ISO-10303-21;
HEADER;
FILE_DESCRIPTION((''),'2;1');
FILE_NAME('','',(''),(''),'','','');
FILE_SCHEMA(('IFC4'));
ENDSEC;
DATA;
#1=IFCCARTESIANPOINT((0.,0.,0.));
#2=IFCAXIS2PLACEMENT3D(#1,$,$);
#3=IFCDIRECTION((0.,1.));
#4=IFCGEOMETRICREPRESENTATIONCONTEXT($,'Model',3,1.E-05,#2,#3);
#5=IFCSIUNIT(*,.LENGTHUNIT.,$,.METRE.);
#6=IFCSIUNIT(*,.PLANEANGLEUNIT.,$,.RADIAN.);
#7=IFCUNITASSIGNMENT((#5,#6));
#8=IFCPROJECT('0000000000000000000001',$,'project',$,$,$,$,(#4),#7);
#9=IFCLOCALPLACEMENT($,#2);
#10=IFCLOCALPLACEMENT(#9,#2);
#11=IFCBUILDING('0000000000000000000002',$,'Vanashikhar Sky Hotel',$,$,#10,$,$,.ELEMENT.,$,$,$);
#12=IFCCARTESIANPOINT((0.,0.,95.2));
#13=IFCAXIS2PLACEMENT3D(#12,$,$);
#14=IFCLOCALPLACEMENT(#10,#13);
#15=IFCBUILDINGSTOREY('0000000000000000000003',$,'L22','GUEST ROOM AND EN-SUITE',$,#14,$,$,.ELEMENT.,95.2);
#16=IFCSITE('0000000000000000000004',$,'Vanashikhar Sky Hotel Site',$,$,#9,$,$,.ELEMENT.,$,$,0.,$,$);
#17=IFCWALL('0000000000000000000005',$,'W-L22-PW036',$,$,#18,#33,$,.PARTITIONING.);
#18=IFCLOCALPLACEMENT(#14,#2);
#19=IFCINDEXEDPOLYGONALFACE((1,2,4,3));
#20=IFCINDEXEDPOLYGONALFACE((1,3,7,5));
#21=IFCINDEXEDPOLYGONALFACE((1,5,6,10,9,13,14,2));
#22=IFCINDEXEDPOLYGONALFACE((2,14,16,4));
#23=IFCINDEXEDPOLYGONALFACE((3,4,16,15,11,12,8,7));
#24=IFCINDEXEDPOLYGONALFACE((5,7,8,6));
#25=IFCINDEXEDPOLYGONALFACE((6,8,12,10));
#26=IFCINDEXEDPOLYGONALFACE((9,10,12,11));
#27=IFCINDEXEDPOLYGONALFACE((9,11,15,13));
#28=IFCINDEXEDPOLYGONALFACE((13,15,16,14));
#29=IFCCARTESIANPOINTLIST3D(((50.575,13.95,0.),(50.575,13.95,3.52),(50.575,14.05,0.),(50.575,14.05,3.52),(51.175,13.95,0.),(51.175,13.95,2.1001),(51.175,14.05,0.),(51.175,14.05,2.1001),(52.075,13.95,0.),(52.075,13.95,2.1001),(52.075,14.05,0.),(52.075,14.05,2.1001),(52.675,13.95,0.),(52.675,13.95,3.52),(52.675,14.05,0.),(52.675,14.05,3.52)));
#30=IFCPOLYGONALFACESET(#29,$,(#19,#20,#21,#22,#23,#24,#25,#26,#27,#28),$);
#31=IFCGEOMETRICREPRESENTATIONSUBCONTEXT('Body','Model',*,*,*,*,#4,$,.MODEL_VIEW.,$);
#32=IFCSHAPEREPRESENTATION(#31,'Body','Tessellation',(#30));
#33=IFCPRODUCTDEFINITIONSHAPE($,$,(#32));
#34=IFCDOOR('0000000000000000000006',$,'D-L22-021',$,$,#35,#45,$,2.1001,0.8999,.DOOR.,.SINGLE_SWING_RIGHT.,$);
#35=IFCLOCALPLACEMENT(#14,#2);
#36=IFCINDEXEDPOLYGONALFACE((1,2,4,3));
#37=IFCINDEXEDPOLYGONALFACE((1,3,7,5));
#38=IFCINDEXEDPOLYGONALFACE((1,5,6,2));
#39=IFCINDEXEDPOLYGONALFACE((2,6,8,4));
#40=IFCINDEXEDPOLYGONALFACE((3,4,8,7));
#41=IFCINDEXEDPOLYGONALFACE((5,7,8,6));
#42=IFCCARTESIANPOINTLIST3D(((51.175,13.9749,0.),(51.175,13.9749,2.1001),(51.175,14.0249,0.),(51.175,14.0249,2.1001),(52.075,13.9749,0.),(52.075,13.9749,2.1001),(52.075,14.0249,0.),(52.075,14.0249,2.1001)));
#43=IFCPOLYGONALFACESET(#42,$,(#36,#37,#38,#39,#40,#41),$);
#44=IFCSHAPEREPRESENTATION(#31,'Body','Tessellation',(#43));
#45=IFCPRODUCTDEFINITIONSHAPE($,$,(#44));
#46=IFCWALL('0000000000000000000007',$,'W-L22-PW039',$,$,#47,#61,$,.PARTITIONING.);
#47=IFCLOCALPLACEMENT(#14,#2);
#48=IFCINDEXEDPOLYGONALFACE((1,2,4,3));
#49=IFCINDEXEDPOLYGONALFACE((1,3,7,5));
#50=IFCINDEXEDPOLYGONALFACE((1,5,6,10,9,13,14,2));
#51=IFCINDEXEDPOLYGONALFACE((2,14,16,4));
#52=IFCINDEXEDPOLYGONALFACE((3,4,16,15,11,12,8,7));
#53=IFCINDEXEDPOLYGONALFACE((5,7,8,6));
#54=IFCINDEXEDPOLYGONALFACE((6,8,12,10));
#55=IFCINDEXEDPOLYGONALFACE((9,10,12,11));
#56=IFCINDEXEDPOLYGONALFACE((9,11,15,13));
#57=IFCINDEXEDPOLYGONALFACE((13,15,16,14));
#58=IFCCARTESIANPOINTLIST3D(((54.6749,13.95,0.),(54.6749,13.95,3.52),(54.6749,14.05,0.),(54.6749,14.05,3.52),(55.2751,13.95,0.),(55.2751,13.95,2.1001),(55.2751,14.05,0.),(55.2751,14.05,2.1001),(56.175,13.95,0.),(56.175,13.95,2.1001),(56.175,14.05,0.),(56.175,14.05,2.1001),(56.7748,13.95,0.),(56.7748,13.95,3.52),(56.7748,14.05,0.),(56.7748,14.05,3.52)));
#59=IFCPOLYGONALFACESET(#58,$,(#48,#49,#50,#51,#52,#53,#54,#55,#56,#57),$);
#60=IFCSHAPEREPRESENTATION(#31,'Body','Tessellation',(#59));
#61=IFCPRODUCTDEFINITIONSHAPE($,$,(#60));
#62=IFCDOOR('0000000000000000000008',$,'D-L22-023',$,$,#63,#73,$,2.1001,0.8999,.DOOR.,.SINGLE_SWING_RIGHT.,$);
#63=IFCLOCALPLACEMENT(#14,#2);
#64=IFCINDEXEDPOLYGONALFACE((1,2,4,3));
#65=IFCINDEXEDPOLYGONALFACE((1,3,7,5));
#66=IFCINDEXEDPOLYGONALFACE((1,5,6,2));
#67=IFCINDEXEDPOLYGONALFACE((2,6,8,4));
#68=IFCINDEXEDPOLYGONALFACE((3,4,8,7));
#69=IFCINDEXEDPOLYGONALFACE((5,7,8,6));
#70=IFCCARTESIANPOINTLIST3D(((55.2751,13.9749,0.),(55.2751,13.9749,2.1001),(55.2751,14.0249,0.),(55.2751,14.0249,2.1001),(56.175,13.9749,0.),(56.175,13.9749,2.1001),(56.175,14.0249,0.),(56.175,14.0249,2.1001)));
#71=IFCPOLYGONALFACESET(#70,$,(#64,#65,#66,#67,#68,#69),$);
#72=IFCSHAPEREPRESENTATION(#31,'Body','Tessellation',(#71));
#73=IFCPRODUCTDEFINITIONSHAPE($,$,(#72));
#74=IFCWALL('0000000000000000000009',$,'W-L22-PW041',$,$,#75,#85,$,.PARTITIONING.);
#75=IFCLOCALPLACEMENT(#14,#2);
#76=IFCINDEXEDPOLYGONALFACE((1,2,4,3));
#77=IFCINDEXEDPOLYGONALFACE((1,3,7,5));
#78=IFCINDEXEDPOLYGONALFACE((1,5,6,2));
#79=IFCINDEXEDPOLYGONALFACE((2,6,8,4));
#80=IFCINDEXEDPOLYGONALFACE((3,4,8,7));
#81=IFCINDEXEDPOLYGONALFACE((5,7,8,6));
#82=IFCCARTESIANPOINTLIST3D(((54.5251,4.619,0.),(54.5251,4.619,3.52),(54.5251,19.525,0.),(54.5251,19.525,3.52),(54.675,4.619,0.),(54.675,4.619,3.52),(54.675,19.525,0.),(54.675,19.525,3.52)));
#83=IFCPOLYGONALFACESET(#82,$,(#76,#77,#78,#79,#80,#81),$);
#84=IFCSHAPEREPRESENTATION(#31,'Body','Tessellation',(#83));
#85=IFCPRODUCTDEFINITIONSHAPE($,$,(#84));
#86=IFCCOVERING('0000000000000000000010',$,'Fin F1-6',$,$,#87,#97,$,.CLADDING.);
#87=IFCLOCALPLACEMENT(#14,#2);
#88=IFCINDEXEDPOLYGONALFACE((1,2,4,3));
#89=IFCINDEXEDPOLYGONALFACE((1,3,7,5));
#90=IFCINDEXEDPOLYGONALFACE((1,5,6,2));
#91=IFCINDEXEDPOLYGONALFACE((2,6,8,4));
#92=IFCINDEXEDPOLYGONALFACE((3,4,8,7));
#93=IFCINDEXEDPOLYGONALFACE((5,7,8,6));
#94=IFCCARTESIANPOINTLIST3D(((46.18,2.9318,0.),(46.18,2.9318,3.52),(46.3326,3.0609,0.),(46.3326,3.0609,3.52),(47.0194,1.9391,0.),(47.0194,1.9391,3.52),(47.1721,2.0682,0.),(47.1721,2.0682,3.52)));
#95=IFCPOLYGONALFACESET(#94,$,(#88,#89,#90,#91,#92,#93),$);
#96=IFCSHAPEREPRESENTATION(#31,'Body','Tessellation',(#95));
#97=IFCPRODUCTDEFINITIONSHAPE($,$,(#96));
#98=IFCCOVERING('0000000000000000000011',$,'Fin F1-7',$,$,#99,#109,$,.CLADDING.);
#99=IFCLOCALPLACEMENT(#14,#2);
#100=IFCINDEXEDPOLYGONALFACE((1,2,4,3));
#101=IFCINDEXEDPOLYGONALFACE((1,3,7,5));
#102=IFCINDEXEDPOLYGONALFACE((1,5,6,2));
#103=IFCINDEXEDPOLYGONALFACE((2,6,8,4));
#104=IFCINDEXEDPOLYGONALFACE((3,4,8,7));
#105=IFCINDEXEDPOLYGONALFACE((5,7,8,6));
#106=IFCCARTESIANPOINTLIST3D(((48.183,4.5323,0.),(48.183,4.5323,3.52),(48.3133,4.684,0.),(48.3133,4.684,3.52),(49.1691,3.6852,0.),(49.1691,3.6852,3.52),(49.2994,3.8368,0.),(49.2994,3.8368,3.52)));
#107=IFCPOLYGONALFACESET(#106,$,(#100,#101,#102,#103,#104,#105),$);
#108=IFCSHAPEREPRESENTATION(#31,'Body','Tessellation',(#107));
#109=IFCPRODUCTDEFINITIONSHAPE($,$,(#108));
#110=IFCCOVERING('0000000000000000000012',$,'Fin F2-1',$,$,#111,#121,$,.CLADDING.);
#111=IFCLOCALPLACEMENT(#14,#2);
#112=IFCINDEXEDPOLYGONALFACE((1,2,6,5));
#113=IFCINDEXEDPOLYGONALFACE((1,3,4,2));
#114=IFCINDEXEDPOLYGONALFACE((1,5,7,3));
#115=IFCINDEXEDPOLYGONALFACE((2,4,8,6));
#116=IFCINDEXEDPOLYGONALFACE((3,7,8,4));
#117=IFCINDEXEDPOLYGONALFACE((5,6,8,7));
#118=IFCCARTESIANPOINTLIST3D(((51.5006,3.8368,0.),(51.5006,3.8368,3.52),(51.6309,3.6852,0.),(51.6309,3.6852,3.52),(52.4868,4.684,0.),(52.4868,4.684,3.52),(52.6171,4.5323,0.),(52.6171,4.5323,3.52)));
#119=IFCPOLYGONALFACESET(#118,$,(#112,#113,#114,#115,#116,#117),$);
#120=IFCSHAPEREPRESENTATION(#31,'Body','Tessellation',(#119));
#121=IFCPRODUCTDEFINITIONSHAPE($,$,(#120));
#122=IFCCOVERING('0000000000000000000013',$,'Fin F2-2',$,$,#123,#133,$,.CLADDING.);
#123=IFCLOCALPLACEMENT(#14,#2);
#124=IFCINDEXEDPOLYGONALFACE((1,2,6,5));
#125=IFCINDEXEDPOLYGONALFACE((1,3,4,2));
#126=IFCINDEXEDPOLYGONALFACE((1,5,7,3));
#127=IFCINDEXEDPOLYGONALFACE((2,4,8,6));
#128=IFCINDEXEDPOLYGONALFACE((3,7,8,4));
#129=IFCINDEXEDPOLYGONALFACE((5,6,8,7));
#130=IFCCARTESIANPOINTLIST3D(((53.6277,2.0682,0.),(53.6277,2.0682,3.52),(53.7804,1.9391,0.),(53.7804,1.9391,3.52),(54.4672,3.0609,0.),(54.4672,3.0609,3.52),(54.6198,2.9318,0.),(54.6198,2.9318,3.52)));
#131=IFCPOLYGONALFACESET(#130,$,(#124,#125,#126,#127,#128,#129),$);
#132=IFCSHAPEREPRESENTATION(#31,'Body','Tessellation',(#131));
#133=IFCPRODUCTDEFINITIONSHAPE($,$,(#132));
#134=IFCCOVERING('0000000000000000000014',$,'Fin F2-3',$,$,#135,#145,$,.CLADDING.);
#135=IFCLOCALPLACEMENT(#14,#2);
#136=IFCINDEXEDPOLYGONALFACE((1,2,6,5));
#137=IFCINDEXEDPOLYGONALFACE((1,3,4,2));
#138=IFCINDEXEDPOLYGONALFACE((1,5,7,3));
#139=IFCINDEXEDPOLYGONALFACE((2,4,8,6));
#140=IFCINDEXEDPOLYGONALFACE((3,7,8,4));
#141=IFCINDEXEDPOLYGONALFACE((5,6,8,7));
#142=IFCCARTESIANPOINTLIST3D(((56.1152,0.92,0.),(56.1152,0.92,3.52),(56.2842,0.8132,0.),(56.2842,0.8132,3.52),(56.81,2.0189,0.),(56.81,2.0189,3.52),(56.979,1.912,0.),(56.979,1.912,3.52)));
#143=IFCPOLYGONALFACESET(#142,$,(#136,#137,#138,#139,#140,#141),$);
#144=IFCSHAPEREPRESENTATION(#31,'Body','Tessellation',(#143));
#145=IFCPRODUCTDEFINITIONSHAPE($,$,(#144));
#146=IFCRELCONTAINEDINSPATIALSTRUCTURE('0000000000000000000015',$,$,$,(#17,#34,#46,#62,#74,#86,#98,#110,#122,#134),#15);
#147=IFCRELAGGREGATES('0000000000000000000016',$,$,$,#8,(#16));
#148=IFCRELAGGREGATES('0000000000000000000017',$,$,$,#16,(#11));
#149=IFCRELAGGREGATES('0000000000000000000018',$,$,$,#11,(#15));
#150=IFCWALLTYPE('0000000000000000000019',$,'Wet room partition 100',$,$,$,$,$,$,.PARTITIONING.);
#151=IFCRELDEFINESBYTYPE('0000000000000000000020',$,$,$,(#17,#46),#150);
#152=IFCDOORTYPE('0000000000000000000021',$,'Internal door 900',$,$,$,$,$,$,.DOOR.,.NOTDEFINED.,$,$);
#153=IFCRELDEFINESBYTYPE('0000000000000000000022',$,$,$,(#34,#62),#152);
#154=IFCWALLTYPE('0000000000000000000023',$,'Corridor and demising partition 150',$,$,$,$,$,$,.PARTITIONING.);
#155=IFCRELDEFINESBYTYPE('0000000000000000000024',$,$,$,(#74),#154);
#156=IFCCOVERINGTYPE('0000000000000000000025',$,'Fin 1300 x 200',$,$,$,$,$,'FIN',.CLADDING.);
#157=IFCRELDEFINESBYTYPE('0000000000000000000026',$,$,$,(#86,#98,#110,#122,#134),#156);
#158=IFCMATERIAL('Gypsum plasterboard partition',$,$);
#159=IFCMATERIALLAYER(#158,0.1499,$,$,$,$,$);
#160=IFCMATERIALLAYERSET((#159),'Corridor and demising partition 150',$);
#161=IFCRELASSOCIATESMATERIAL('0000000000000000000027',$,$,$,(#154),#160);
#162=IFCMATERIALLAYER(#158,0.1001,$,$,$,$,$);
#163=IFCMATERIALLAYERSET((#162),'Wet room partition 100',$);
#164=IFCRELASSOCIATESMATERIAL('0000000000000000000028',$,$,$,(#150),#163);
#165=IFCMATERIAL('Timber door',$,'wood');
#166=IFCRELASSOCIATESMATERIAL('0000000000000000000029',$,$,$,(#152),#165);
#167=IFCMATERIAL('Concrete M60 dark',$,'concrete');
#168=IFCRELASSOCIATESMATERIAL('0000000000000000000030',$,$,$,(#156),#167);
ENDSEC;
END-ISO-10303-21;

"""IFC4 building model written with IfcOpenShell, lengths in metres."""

from ifc_helpers import new_model, si_unit, direction, frame, frame_2d, origin, origin_2d, place, context, subcontext, project, spatial, rectangle, extrude, source, transform, mapped, material, layer, layer_set, material_profile, profile_set, type_object, element, fill, save


model = new_model("IFC4")

# Units and contexts
model_context = context("Model", 3, precision=1e-05, world=origin(), true_north=direction((0.0, 1.0)))
body_context = subcontext(model_context, "Body", "Model", "MODEL_VIEW")
ifc_project = project(units=[si_unit("LENGTHUNIT", "METRE"), si_unit("PLANEANGLEUNIT", "RADIAN")], contexts=[model_context])

# Site, building, storey
site_placement = place(None, origin())
site = spatial("IfcSite", under=ifc_project, at=site_placement, Name="Vanashikhar Sky Hotel Site", CompositionType="ELEMENT", RefElevation=0.0)
building_placement = place(site_placement, origin())
building = spatial("IfcBuilding", under=site, at=building_placement, Name="Vanashikhar Sky Hotel", CompositionType="ELEMENT")
storey_placement = place(building_placement, frame((0.0, 0.0, 95.2)))
storey = spatial("IfcBuildingStorey", under=building, at=storey_placement, Name="L22", Description="GUEST ROOM AND EN-SUITE", CompositionType="ELEMENT", Elevation=95.2)

# Shared definitions
ifc_material_1 = material(Name="Gypsum plasterboard partition")
ifc_layer_1 = layer(ifc_material_1, 0.1499)
ifc_layer_set_1 = layer_set([ifc_layer_1], Name="Corridor and demising partition 150")
wall_type_1 = type_object("IfcWallType", Name="Corridor and demising partition 150", PredefinedType="PARTITIONING", material=ifc_layer_set_1)
ifc_layer_2 = layer(ifc_material_1, 0.1001)
ifc_layer_set_2 = layer_set([ifc_layer_2], Name="Wet room partition 100")
wall_type_2 = type_object("IfcWallType", Name="Wet room partition 100", PredefinedType="PARTITIONING", material=ifc_layer_set_2)

# Walls, openings, doors
shared_shape_1 = source(origin(), body_context, "Body", "SweptSolid", [
    extrude(rectangle(XDim=2.1001, YDim=0.1001, at=frame_2d((1.05, 0.0))), origin(), (0.0, 0.0, 1.0), 3.52),
])
wall_1_placement = place(storey_placement, frame((50.575, 14.0, 0.0), z_axis=(0.0, 0.0, 1.0), x_axis=(1.0, 0.0, 0.0)))
wall_1 = element("IfcWall", 1, at=wall_1_placement, inside=storey, type_object=wall_type_2, Name="W-L22-PW036", PredefinedType="PARTITIONING", context=body_context, shape_type="MappedRepresentation", body=[
    mapped(shared_shape_1, transform((0.0, 0.0, 0.0), scale=1.0)),
])
shared_shape_2 = source(origin(), body_context, "Body", "SweptSolid", [
    extrude(rectangle(XDim=0.8999, YDim=2.1001, at=frame_2d((0.45, 1.05))), frame((0.0, 0.0601, 0.0), z_axis=(0.0, -1.0, 0.0), x_axis=(1.0, 0.0, 0.0)), (0.0, 0.0, 1.0), 0.1201),
])
opening_1_placement = place(wall_1_placement, frame((0.6001, 0.0, 0.0)))
opening_1 = element("IfcOpeningElement", 2, at=opening_1_placement, cuts=wall_1, PredefinedType="OPENING", context=body_context, shape_type="MappedRepresentation", body=[
    mapped(shared_shape_2, transform((0.0, 0.0, 0.0), scale=1.0)),
])
ifc_material_2 = material(Name="Timber door", Category="wood")
door_type = type_object("IfcDoorType", Name="Internal door 900", OperationType="NOTDEFINED", PredefinedType="DOOR", material=ifc_material_2)
shared_shape_3 = source(origin(), body_context, "Body", "SweptSolid", [
    extrude(rectangle(XDim=0.8999, YDim=2.1001, at=frame_2d((0.45, 1.05))), frame((0.0, 0.0249, 0.0), z_axis=(0.0, -1.0, 0.0), x_axis=(1.0, 0.0, 0.0)), (0.0, 0.0, 1.0), 0.05),
])
door_1_placement = place(opening_1_placement, origin())
door_1 = element("IfcDoor", 3, at=door_1_placement, inside=storey, type_object=door_type, Name="D-L22-021", OperationType="SINGLE_SWING_RIGHT", OverallHeight=2.1001, OverallWidth=0.8999, PredefinedType="DOOR", context=body_context, shape_type="MappedRepresentation", body=[
    mapped(shared_shape_3, transform((0.0, 0.0, 0.0), scale=1.0)),
])
fill(opening_1, door_1)
shared_shape_4 = source(origin(), body_context, "Body", "SweptSolid", [
    extrude(rectangle(XDim=2.0999, YDim=0.1001, at=frame_2d((1.0498, 0.0))), origin(), (0.0, 0.0, 1.0), 3.52),
])
wall_2_placement = place(storey_placement, frame((54.675, 14.0, 0.0), z_axis=(0.0, 0.0, 1.0), x_axis=(1.0, 0.0, 0.0)))
wall_2 = element("IfcWall", 4, at=wall_2_placement, inside=storey, type_object=wall_type_2, Name="W-L22-PW039", PredefinedType="PARTITIONING", context=body_context, shape_type="MappedRepresentation", body=[
    mapped(shared_shape_4, transform((0.0, 0.0, 0.0), scale=1.0)),
])
opening_2_placement = place(wall_2_placement, frame((0.6001, 0.0, 0.0)))
opening_2 = element("IfcOpeningElement", 5, at=opening_2_placement, cuts=wall_2, PredefinedType="OPENING", context=body_context, shape_type="MappedRepresentation", body=[
    mapped(shared_shape_2, transform((0.0, 0.0, 0.0), scale=1.0)),
])
door_2_placement = place(opening_2_placement, origin())
door_2 = element("IfcDoor", 6, at=door_2_placement, inside=storey, type_object=door_type, Name="D-L22-023", OperationType="SINGLE_SWING_RIGHT", OverallHeight=2.1001, OverallWidth=0.8999, PredefinedType="DOOR", context=body_context, shape_type="MappedRepresentation", body=[
    mapped(shared_shape_3, transform((0.0, 0.0, 0.0), scale=1.0)),
])
fill(opening_2, door_2)

# Wall
shared_shape_5 = source(origin(), body_context, "Body", "SweptSolid", [
    extrude(rectangle(XDim=14.906, YDim=0.1499, at=frame_2d((7.4531, 0.0))), origin(), (0.0, 0.0, 1.0), 3.52),
])
wall_3_placement = place(storey_placement, frame((54.6001, 4.6189, 0.0), z_axis=(0.0, 0.0, 1.0), x_axis=(0.0, 1.0, 0.0)))
element("IfcWall", 7, at=wall_3_placement, inside=storey, type_object=wall_type_1, Name="W-L22-PW041", PredefinedType="PARTITIONING", context=body_context, shape_type="MappedRepresentation", body=[
    mapped(shared_shape_5, transform((0.0, 0.0, 0.0), scale=1.0)),
])

# Coverings
ifc_material_3 = material(Name="Concrete M60 dark", Category="concrete")
ifc_material_profile_1 = material_profile(ifc_material_3, rectangle(XDim=1.3, YDim=0.2, at=origin_2d()))
ifc_profile_set_1 = profile_set([ifc_material_profile_1], Name="Fin 1300 x 200")
covering_type = type_object("IfcCoveringType", Name="Fin 1300 x 200", ElementType="FIN", PredefinedType="CLADDING", material=ifc_profile_set_1)
shared_shape_6 = source(origin(), body_context, "Body", "SweptSolid", [
    extrude(rectangle(XDim=1.3, YDim=0.2, at=origin_2d()), origin(), (0.0, 0.0, 1.0), 3.52),
])
for number, where, z_axis, x_axis, name in (
    (8, (46.676, 2.5, 0.0), (0.0, 0.0, 1.0), (0.645698, -0.763593, 0.0), "Fin F1-6"),
    (9, (48.7412, 4.1846, 0.0), (0.0, 0.0, 1.0), (0.758544, -0.651622, 0.0), "Fin F1-7"),
    (10, (52.0588, 4.1846, 0.0), (0.0, 0.0, 1.0), (-0.758544, -0.651622, 0.0), "Fin F2-1"),
    (11, (54.1238, 2.5, 0.0), (0.0, 0.0, 1.0), (-0.645698, -0.763593, 0.0), "Fin F2-2"),
    (12, (56.5471, 1.416, 0.0), (0.0, 0.0, 1.0), (-0.534411, -0.845225, 0.0), "Fin F2-3"),
):
    element("IfcCovering", number, at=place(storey_placement, frame(where, z_axis=z_axis, x_axis=x_axis)), inside=storey, type_object=covering_type, Name=name, PredefinedType="CLADDING", context=body_context, shape_type="MappedRepresentation", body=[
        mapped(shared_shape_6, transform((0.0, 0.0, 0.0), scale=1.0)),
    ])

save(model, "model.ifc")
